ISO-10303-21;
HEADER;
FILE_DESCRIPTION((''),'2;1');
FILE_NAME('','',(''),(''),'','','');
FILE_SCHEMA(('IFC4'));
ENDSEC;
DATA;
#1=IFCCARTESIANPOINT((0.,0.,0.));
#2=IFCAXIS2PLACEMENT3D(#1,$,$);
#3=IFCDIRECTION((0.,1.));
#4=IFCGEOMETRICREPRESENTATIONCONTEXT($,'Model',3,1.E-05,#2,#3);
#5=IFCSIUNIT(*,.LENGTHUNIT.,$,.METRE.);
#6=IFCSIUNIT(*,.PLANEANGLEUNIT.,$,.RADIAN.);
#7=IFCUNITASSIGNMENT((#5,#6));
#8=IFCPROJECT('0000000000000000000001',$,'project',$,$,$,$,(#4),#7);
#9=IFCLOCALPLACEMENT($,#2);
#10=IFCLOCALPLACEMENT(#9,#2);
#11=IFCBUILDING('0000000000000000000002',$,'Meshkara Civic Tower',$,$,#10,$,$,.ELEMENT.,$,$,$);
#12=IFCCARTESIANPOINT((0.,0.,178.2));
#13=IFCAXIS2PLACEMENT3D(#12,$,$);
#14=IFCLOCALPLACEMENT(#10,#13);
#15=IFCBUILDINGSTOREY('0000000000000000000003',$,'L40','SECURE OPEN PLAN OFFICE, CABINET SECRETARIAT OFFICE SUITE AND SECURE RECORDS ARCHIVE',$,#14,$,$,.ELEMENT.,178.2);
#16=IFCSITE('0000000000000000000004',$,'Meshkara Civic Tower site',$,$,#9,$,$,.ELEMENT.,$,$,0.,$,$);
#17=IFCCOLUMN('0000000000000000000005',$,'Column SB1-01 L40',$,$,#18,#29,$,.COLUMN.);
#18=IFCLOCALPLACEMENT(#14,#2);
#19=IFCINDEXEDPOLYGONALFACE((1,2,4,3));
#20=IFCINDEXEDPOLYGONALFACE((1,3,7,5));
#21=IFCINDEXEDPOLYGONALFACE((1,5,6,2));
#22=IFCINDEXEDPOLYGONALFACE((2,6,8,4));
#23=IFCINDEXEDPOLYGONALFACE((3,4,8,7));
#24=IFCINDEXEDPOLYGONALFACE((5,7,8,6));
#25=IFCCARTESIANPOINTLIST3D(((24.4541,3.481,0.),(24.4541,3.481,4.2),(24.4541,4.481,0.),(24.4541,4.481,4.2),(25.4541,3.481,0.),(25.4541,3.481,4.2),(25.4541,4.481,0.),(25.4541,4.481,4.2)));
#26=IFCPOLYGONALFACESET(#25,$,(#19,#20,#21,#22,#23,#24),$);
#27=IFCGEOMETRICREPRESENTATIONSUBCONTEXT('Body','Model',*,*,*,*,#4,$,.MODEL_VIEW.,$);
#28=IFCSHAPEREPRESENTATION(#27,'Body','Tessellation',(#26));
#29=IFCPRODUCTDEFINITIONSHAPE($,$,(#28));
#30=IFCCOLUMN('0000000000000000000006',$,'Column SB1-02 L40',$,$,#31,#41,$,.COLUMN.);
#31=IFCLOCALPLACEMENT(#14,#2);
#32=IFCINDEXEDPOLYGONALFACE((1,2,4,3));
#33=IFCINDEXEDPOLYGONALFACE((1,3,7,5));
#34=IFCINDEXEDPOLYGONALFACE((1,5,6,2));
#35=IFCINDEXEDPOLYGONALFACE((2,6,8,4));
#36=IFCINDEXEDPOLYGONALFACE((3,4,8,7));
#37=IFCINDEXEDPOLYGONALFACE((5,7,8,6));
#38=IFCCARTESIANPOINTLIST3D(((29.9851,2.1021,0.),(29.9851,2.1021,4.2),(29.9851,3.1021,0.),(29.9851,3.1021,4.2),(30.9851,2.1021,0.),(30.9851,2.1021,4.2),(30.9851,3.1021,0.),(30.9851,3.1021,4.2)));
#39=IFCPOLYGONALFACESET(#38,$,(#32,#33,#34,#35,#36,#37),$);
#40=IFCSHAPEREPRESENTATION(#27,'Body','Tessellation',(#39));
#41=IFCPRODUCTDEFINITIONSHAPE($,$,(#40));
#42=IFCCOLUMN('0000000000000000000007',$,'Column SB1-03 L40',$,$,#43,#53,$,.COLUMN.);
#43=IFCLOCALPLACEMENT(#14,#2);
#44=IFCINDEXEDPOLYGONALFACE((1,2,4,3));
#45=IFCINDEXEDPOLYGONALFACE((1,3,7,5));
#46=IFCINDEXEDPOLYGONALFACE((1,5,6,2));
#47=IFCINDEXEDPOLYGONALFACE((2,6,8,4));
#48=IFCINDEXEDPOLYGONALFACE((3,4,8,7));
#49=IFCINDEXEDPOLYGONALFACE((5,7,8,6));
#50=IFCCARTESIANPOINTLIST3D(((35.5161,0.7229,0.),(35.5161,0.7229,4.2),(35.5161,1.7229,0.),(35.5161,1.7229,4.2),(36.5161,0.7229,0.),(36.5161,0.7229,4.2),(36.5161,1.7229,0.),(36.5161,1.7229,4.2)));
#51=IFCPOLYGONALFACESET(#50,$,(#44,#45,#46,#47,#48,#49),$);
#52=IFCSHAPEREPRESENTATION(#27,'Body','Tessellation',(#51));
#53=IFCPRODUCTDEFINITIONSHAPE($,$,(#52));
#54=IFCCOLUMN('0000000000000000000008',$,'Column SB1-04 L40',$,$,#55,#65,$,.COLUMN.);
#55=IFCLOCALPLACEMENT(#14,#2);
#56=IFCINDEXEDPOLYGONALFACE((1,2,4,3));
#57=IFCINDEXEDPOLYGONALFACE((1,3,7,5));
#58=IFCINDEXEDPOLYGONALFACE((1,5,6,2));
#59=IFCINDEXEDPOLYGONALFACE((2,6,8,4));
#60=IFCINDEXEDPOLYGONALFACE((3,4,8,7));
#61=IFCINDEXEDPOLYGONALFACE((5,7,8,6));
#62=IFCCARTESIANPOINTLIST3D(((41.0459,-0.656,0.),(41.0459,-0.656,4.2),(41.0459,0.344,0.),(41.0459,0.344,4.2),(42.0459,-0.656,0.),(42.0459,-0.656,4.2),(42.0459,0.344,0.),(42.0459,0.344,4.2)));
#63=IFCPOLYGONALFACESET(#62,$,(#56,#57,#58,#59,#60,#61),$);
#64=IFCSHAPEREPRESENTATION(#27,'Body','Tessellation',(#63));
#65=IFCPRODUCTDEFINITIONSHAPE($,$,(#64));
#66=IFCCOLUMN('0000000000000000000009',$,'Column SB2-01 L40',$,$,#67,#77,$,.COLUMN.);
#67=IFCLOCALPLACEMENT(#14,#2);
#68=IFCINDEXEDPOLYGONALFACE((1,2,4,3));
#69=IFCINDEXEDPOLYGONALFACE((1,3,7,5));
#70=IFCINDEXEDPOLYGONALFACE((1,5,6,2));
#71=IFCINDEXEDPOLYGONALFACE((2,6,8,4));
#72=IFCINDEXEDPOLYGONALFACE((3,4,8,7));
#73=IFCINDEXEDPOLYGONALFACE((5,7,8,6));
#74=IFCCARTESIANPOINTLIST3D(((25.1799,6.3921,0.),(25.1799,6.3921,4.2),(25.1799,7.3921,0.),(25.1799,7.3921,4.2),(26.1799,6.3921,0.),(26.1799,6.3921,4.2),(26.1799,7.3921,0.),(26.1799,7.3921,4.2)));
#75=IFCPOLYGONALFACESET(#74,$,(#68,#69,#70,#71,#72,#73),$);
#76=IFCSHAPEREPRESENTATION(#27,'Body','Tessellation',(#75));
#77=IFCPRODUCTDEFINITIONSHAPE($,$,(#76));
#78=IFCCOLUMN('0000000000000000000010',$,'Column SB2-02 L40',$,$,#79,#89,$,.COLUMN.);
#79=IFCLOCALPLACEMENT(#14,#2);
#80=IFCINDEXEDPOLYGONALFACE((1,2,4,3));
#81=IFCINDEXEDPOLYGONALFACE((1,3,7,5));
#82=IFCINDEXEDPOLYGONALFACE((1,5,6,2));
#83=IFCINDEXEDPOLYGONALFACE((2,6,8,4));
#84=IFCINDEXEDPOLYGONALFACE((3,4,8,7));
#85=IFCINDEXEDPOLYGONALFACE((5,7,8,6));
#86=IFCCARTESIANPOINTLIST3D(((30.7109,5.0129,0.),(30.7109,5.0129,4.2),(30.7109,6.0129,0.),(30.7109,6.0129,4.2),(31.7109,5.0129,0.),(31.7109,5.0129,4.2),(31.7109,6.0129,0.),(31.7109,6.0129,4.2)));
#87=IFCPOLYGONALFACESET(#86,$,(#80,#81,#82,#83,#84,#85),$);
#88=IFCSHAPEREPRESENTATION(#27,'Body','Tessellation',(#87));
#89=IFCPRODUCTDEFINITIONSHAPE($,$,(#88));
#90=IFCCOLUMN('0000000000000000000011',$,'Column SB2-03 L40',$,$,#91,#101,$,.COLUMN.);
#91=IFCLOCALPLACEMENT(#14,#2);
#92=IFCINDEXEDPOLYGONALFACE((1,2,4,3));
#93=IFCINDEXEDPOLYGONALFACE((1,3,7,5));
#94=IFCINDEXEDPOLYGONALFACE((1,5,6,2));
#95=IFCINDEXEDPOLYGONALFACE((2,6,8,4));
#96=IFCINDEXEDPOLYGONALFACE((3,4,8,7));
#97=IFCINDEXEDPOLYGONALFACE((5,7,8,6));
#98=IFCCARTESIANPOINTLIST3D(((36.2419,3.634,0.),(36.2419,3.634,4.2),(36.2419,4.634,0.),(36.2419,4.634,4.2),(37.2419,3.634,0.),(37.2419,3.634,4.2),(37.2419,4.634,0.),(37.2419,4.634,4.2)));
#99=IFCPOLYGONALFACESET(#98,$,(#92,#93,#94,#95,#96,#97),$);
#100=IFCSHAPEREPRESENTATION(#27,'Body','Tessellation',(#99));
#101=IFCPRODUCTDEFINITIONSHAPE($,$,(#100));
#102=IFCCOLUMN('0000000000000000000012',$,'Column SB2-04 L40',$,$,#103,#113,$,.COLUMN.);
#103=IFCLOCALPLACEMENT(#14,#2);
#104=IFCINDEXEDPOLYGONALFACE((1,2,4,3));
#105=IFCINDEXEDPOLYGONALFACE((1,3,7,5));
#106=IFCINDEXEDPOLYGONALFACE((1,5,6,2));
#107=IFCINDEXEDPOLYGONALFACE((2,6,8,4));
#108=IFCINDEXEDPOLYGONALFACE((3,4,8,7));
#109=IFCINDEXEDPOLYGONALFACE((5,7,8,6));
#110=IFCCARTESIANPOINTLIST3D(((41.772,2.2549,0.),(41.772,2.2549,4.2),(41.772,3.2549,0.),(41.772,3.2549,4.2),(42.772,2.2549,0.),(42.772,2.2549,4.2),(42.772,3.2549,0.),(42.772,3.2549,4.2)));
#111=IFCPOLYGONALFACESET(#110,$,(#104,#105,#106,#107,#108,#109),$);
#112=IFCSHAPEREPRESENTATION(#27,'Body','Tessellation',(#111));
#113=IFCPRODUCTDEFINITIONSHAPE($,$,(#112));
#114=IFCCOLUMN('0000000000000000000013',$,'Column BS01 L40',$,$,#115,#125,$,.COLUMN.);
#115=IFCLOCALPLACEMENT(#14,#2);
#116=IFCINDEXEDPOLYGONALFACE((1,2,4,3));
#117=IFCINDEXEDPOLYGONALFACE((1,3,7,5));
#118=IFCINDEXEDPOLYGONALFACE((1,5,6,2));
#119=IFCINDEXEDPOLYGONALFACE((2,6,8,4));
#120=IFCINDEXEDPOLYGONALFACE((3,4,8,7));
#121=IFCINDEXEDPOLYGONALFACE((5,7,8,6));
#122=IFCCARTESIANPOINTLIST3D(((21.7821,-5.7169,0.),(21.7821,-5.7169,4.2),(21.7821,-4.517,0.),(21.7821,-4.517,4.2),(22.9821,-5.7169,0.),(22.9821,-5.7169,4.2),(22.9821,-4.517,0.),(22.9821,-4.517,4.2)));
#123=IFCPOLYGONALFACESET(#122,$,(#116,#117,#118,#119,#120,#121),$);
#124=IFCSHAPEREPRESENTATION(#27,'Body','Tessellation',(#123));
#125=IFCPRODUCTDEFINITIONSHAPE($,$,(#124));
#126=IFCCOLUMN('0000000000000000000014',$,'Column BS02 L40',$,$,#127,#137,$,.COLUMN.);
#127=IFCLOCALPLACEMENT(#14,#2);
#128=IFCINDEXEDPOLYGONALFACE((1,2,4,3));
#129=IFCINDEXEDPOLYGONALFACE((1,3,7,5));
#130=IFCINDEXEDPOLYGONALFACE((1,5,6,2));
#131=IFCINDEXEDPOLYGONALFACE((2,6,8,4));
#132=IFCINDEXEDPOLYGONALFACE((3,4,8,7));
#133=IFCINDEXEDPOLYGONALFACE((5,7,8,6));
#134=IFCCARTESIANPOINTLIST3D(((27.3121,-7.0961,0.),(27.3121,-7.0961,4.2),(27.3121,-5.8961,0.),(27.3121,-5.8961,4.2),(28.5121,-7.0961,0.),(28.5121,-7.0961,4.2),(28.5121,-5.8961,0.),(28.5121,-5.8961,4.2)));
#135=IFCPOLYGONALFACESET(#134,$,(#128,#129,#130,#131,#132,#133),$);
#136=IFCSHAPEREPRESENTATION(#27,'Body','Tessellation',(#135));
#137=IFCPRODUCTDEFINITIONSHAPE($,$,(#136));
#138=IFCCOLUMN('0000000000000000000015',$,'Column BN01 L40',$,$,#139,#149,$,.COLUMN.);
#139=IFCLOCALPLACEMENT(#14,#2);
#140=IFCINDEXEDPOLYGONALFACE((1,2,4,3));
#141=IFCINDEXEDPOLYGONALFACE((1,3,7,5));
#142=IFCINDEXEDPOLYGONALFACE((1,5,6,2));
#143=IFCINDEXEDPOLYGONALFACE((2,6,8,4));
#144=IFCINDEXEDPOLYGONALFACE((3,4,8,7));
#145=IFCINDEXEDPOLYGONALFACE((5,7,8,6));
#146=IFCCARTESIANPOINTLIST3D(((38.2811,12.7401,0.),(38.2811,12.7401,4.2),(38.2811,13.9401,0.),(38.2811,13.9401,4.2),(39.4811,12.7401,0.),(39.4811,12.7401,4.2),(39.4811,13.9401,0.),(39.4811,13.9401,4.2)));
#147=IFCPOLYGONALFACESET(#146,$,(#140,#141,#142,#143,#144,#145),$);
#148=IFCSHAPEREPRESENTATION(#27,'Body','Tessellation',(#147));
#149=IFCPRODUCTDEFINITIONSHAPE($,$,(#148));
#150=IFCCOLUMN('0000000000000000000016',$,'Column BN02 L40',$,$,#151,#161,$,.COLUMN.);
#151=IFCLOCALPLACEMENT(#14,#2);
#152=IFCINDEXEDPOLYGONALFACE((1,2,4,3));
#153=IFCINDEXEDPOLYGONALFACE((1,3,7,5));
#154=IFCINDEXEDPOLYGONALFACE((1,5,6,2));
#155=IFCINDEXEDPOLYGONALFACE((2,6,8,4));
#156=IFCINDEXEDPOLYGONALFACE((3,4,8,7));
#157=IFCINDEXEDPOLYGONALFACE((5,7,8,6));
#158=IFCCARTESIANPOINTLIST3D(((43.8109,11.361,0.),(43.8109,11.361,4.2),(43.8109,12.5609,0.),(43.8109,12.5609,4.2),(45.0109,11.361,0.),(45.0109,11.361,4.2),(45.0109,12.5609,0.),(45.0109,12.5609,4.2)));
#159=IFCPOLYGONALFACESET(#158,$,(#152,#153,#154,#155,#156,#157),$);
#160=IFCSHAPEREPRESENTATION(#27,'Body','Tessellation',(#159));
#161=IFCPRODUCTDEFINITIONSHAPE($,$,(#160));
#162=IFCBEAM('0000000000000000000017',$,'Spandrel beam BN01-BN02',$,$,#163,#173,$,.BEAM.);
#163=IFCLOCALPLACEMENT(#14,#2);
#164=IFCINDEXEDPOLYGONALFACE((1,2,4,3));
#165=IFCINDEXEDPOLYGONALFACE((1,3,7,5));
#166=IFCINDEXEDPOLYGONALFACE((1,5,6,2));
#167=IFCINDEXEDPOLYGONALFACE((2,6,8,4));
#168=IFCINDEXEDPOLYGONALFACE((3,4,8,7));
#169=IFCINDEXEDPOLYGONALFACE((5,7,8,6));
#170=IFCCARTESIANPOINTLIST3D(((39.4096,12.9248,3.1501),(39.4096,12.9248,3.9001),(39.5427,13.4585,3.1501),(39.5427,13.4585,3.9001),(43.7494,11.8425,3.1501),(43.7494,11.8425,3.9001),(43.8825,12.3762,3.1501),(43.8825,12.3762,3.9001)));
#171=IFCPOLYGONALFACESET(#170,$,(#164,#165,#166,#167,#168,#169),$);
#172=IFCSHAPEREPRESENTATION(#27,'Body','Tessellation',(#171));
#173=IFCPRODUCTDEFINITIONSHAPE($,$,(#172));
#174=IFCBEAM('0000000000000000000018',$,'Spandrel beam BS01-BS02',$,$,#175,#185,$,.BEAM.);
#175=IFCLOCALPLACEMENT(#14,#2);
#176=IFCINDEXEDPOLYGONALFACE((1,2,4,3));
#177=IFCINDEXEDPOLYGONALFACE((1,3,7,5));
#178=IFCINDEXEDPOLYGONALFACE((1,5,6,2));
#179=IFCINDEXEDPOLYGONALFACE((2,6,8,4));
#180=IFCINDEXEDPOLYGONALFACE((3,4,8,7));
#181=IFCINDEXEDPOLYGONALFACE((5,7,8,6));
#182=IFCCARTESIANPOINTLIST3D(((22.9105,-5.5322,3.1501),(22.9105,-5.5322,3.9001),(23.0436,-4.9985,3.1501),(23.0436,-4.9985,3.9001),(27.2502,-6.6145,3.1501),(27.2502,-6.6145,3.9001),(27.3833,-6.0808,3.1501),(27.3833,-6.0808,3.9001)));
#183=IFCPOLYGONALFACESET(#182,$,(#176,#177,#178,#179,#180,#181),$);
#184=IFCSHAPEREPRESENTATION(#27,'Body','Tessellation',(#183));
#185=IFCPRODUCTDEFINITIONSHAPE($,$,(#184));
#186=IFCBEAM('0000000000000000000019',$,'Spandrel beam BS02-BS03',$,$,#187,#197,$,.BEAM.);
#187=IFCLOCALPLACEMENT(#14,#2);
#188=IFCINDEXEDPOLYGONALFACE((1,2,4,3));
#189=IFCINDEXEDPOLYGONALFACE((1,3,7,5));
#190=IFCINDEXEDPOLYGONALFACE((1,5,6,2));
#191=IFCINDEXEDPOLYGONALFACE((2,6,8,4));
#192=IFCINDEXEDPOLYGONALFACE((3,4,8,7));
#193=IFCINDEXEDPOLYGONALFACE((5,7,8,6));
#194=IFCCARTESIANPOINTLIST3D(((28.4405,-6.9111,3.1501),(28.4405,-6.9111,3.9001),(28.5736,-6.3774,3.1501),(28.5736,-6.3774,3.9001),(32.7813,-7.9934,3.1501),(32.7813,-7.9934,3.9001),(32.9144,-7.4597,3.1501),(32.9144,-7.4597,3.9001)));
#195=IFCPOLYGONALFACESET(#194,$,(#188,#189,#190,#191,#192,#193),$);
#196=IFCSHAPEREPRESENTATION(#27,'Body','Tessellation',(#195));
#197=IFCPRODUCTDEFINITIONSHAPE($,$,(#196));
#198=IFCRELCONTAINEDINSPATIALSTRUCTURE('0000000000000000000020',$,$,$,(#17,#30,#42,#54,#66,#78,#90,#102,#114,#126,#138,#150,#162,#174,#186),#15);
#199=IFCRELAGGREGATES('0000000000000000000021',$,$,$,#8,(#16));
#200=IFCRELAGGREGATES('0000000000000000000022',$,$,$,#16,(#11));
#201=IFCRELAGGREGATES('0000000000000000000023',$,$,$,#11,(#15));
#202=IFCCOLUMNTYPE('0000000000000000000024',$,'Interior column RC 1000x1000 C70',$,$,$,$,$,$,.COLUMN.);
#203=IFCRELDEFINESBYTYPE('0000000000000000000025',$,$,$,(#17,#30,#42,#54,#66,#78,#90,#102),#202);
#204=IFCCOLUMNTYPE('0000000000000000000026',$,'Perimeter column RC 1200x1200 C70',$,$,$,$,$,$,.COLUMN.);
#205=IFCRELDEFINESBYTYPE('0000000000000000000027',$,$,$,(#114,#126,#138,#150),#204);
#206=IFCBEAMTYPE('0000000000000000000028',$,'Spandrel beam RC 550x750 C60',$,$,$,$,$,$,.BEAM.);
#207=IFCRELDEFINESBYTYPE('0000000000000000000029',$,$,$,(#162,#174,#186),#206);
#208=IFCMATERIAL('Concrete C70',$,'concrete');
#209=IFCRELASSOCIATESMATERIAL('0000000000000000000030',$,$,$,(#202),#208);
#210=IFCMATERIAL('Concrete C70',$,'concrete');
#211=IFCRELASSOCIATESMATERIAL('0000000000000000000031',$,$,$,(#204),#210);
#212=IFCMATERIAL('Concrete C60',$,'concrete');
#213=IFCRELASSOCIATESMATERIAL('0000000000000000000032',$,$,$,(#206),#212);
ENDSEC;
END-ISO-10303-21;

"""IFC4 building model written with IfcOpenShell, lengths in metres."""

from ifc_helpers import new_model, si_unit, direction, frame, origin, origin_2d, place, context, subcontext, project, spatial, rectangle, extrude, material, material_profile, profile_set, type_object, element, save


model = new_model("IFC4")

# Units and contexts
model_context = context("Model", 3, precision=1e-05, world=origin(), true_north=direction((0.0, 1.0)))
body_context = subcontext(model_context, "Body", "Model", "MODEL_VIEW")
ifc_project = project(units=[si_unit("LENGTHUNIT", "METRE"), si_unit("PLANEANGLEUNIT", "RADIAN")], contexts=[model_context])

# Site, building, storey
site_placement = place(None, origin())
site = spatial("IfcSite", under=ifc_project, at=site_placement, Name="Meshkara Civic Tower site", CompositionType="ELEMENT", RefElevation=0.0)
building_placement = place(site_placement, origin())
building = spatial("IfcBuilding", under=site, at=building_placement, Name="Meshkara Civic Tower", CompositionType="ELEMENT")
storey_placement = place(building_placement, frame((0.0, 0.0, 178.2)))
storey = spatial("IfcBuildingStorey", under=building, at=storey_placement, Name="L40", Description="SECURE OPEN PLAN OFFICE, CABINET SECRETARIAT OFFICE SUITE AND SECURE RECORDS ARCHIVE", CompositionType="ELEMENT", Elevation=178.2)

# Columns
ifc_material_1 = material(Name="Concrete C70", Category="concrete")
ifc_material_profile_1 = material_profile(ifc_material_1, rectangle(XDim=1.0, YDim=1.0, at=origin_2d()))
ifc_profile_set_1 = profile_set([ifc_material_profile_1], Name="Concrete C70")
column_type_1 = type_object("IfcColumnType", Name="Interior column RC 1000x1000 C70", PredefinedType="COLUMN", material=ifc_profile_set_1)
for number, where, z_axis, x_axis, name in (
    (1, (24.9541, 3.981, 0.0), (0.0, 0.0, 1.0), (1.0, 0.0, 0.0), "Column SB1-01 L40"),
    (2, (30.4851, 2.6021, 0.0), (0.0, 0.0, 1.0), (1.0, 0.0, 0.0), "Column SB1-02 L40"),
    (3, (36.0161, 1.2229, 0.0), (0.0, 0.0, 1.0), (1.0, 0.0, 0.0), "Column SB1-03 L40"),
    (4, (41.5459, -0.156, 0.0), (0.0, 0.0, 1.0), (1.0, 0.0, 0.0), "Column SB1-04 L40"),
    (5, (25.6799, 6.8921, 0.0), (0.0, 0.0, 1.0), (1.0, 0.0, 0.0), "Column SB2-01 L40"),
    (6, (31.2109, 5.5129, 0.0), (0.0, 0.0, 1.0), (1.0, 0.0, 0.0), "Column SB2-02 L40"),
    (7, (36.7419, 4.134, 0.0), (0.0, 0.0, 1.0), (1.0, 0.0, 0.0), "Column SB2-03 L40"),
    (8, (42.272, 2.7549, 0.0), (0.0, 0.0, 1.0), (1.0, 0.0, 0.0), "Column SB2-04 L40"),
):
    element("IfcColumn", number, at=place(storey_placement, frame(where, z_axis=z_axis, x_axis=x_axis)), inside=storey, type_object=column_type_1, Name=name, PredefinedType="COLUMN", context=body_context, shape_type="SweptSolid", body=[
        extrude(rectangle(XDim=1.0, YDim=1.0, at=origin_2d()), origin(), (0.0, 0.0, 1.0), 4.2),
    ])
ifc_material_2 = material(Name="Concrete C70", Category="concrete")
ifc_material_profile_2 = material_profile(ifc_material_2, rectangle(XDim=1.2, YDim=1.2, at=origin_2d()))
ifc_profile_set_2 = profile_set([ifc_material_profile_2], Name="Concrete C70")
column_type_2 = type_object("IfcColumnType", Name="Perimeter column RC 1200x1200 C70", PredefinedType="COLUMN", material=ifc_profile_set_2)
for number, where, z_axis, x_axis, name in (
    (9, (22.3821, -5.1169, 0.0), (0.0, 0.0, 1.0), (1.0, 0.0, 0.0), "Column BS01 L40"),
    (10, (27.9121, -6.4961, 0.0), (0.0, 0.0, 1.0), (1.0, 0.0, 0.0), "Column BS02 L40"),
    (11, (38.8811, 13.3401, 0.0), (0.0, 0.0, 1.0), (1.0, 0.0, 0.0), "Column BN01 L40"),
    (12, (44.4109, 11.9609, 0.0), (0.0, 0.0, 1.0), (1.0, 0.0, 0.0), "Column BN02 L40"),
):
    element("IfcColumn", number, at=place(storey_placement, frame(where, z_axis=z_axis, x_axis=x_axis)), inside=storey, type_object=column_type_2, Name=name, PredefinedType="COLUMN", context=body_context, shape_type="SweptSolid", body=[
        extrude(rectangle(XDim=1.2, YDim=1.2, at=origin_2d()), origin(), (0.0, 0.0, 1.0), 4.2),
    ])

# Beams
ifc_material_3 = material(Name="Concrete C60", Category="concrete")
ifc_material_profile_3 = material_profile(ifc_material_3, rectangle(XDim=0.55, YDim=0.75, at=origin_2d()))
ifc_profile_set_3 = profile_set([ifc_material_profile_3], Name="Concrete C60")
beam_type = type_object("IfcBeamType", Name="Spandrel beam RC 550x750 C60", PredefinedType="BEAM", material=ifc_profile_set_3)
for number, where, z_axis, x_axis, name in (
    (13, (43.8159, 12.1094, 3.5251), (-0.970284, 0.24197, 0.0), (-0.24197, -0.970284, 0.0), "Spandrel beam BN01-BN02"),
    (14, (22.9771, -5.2654, 3.5251), (0.970284, -0.24197, 0.0), (0.24197, 0.970284, 0.0), "Spandrel beam BS01-BS02"),
):
    element("IfcBeam", number, at=place(storey_placement, frame(where, z_axis=z_axis, x_axis=x_axis)), inside=storey, type_object=beam_type, Name=name, PredefinedType="BEAM", context=body_context, shape_type="SweptSolid", body=[
        extrude(rectangle(XDim=0.55, YDim=0.75, at=origin_2d()), origin(), (0.0, 0.0, 1.0), 4.4727),
    ])
beam_placement = place(storey_placement, frame((28.5071, -6.6443, 3.5251), z_axis=(0.970296, -0.241919, 0.0), x_axis=(0.241919, 0.970296, 0.0)))
element("IfcBeam", 15, at=beam_placement, inside=storey, type_object=beam_type, Name="Spandrel beam BS02-BS03", PredefinedType="BEAM", context=body_context, shape_type="SweptSolid", body=[
    extrude(rectangle(XDim=0.55, YDim=0.75, at=origin_2d()), origin(), (0.0, 0.0, 1.0), 4.4736),
])

save(model, "model.ifc")
